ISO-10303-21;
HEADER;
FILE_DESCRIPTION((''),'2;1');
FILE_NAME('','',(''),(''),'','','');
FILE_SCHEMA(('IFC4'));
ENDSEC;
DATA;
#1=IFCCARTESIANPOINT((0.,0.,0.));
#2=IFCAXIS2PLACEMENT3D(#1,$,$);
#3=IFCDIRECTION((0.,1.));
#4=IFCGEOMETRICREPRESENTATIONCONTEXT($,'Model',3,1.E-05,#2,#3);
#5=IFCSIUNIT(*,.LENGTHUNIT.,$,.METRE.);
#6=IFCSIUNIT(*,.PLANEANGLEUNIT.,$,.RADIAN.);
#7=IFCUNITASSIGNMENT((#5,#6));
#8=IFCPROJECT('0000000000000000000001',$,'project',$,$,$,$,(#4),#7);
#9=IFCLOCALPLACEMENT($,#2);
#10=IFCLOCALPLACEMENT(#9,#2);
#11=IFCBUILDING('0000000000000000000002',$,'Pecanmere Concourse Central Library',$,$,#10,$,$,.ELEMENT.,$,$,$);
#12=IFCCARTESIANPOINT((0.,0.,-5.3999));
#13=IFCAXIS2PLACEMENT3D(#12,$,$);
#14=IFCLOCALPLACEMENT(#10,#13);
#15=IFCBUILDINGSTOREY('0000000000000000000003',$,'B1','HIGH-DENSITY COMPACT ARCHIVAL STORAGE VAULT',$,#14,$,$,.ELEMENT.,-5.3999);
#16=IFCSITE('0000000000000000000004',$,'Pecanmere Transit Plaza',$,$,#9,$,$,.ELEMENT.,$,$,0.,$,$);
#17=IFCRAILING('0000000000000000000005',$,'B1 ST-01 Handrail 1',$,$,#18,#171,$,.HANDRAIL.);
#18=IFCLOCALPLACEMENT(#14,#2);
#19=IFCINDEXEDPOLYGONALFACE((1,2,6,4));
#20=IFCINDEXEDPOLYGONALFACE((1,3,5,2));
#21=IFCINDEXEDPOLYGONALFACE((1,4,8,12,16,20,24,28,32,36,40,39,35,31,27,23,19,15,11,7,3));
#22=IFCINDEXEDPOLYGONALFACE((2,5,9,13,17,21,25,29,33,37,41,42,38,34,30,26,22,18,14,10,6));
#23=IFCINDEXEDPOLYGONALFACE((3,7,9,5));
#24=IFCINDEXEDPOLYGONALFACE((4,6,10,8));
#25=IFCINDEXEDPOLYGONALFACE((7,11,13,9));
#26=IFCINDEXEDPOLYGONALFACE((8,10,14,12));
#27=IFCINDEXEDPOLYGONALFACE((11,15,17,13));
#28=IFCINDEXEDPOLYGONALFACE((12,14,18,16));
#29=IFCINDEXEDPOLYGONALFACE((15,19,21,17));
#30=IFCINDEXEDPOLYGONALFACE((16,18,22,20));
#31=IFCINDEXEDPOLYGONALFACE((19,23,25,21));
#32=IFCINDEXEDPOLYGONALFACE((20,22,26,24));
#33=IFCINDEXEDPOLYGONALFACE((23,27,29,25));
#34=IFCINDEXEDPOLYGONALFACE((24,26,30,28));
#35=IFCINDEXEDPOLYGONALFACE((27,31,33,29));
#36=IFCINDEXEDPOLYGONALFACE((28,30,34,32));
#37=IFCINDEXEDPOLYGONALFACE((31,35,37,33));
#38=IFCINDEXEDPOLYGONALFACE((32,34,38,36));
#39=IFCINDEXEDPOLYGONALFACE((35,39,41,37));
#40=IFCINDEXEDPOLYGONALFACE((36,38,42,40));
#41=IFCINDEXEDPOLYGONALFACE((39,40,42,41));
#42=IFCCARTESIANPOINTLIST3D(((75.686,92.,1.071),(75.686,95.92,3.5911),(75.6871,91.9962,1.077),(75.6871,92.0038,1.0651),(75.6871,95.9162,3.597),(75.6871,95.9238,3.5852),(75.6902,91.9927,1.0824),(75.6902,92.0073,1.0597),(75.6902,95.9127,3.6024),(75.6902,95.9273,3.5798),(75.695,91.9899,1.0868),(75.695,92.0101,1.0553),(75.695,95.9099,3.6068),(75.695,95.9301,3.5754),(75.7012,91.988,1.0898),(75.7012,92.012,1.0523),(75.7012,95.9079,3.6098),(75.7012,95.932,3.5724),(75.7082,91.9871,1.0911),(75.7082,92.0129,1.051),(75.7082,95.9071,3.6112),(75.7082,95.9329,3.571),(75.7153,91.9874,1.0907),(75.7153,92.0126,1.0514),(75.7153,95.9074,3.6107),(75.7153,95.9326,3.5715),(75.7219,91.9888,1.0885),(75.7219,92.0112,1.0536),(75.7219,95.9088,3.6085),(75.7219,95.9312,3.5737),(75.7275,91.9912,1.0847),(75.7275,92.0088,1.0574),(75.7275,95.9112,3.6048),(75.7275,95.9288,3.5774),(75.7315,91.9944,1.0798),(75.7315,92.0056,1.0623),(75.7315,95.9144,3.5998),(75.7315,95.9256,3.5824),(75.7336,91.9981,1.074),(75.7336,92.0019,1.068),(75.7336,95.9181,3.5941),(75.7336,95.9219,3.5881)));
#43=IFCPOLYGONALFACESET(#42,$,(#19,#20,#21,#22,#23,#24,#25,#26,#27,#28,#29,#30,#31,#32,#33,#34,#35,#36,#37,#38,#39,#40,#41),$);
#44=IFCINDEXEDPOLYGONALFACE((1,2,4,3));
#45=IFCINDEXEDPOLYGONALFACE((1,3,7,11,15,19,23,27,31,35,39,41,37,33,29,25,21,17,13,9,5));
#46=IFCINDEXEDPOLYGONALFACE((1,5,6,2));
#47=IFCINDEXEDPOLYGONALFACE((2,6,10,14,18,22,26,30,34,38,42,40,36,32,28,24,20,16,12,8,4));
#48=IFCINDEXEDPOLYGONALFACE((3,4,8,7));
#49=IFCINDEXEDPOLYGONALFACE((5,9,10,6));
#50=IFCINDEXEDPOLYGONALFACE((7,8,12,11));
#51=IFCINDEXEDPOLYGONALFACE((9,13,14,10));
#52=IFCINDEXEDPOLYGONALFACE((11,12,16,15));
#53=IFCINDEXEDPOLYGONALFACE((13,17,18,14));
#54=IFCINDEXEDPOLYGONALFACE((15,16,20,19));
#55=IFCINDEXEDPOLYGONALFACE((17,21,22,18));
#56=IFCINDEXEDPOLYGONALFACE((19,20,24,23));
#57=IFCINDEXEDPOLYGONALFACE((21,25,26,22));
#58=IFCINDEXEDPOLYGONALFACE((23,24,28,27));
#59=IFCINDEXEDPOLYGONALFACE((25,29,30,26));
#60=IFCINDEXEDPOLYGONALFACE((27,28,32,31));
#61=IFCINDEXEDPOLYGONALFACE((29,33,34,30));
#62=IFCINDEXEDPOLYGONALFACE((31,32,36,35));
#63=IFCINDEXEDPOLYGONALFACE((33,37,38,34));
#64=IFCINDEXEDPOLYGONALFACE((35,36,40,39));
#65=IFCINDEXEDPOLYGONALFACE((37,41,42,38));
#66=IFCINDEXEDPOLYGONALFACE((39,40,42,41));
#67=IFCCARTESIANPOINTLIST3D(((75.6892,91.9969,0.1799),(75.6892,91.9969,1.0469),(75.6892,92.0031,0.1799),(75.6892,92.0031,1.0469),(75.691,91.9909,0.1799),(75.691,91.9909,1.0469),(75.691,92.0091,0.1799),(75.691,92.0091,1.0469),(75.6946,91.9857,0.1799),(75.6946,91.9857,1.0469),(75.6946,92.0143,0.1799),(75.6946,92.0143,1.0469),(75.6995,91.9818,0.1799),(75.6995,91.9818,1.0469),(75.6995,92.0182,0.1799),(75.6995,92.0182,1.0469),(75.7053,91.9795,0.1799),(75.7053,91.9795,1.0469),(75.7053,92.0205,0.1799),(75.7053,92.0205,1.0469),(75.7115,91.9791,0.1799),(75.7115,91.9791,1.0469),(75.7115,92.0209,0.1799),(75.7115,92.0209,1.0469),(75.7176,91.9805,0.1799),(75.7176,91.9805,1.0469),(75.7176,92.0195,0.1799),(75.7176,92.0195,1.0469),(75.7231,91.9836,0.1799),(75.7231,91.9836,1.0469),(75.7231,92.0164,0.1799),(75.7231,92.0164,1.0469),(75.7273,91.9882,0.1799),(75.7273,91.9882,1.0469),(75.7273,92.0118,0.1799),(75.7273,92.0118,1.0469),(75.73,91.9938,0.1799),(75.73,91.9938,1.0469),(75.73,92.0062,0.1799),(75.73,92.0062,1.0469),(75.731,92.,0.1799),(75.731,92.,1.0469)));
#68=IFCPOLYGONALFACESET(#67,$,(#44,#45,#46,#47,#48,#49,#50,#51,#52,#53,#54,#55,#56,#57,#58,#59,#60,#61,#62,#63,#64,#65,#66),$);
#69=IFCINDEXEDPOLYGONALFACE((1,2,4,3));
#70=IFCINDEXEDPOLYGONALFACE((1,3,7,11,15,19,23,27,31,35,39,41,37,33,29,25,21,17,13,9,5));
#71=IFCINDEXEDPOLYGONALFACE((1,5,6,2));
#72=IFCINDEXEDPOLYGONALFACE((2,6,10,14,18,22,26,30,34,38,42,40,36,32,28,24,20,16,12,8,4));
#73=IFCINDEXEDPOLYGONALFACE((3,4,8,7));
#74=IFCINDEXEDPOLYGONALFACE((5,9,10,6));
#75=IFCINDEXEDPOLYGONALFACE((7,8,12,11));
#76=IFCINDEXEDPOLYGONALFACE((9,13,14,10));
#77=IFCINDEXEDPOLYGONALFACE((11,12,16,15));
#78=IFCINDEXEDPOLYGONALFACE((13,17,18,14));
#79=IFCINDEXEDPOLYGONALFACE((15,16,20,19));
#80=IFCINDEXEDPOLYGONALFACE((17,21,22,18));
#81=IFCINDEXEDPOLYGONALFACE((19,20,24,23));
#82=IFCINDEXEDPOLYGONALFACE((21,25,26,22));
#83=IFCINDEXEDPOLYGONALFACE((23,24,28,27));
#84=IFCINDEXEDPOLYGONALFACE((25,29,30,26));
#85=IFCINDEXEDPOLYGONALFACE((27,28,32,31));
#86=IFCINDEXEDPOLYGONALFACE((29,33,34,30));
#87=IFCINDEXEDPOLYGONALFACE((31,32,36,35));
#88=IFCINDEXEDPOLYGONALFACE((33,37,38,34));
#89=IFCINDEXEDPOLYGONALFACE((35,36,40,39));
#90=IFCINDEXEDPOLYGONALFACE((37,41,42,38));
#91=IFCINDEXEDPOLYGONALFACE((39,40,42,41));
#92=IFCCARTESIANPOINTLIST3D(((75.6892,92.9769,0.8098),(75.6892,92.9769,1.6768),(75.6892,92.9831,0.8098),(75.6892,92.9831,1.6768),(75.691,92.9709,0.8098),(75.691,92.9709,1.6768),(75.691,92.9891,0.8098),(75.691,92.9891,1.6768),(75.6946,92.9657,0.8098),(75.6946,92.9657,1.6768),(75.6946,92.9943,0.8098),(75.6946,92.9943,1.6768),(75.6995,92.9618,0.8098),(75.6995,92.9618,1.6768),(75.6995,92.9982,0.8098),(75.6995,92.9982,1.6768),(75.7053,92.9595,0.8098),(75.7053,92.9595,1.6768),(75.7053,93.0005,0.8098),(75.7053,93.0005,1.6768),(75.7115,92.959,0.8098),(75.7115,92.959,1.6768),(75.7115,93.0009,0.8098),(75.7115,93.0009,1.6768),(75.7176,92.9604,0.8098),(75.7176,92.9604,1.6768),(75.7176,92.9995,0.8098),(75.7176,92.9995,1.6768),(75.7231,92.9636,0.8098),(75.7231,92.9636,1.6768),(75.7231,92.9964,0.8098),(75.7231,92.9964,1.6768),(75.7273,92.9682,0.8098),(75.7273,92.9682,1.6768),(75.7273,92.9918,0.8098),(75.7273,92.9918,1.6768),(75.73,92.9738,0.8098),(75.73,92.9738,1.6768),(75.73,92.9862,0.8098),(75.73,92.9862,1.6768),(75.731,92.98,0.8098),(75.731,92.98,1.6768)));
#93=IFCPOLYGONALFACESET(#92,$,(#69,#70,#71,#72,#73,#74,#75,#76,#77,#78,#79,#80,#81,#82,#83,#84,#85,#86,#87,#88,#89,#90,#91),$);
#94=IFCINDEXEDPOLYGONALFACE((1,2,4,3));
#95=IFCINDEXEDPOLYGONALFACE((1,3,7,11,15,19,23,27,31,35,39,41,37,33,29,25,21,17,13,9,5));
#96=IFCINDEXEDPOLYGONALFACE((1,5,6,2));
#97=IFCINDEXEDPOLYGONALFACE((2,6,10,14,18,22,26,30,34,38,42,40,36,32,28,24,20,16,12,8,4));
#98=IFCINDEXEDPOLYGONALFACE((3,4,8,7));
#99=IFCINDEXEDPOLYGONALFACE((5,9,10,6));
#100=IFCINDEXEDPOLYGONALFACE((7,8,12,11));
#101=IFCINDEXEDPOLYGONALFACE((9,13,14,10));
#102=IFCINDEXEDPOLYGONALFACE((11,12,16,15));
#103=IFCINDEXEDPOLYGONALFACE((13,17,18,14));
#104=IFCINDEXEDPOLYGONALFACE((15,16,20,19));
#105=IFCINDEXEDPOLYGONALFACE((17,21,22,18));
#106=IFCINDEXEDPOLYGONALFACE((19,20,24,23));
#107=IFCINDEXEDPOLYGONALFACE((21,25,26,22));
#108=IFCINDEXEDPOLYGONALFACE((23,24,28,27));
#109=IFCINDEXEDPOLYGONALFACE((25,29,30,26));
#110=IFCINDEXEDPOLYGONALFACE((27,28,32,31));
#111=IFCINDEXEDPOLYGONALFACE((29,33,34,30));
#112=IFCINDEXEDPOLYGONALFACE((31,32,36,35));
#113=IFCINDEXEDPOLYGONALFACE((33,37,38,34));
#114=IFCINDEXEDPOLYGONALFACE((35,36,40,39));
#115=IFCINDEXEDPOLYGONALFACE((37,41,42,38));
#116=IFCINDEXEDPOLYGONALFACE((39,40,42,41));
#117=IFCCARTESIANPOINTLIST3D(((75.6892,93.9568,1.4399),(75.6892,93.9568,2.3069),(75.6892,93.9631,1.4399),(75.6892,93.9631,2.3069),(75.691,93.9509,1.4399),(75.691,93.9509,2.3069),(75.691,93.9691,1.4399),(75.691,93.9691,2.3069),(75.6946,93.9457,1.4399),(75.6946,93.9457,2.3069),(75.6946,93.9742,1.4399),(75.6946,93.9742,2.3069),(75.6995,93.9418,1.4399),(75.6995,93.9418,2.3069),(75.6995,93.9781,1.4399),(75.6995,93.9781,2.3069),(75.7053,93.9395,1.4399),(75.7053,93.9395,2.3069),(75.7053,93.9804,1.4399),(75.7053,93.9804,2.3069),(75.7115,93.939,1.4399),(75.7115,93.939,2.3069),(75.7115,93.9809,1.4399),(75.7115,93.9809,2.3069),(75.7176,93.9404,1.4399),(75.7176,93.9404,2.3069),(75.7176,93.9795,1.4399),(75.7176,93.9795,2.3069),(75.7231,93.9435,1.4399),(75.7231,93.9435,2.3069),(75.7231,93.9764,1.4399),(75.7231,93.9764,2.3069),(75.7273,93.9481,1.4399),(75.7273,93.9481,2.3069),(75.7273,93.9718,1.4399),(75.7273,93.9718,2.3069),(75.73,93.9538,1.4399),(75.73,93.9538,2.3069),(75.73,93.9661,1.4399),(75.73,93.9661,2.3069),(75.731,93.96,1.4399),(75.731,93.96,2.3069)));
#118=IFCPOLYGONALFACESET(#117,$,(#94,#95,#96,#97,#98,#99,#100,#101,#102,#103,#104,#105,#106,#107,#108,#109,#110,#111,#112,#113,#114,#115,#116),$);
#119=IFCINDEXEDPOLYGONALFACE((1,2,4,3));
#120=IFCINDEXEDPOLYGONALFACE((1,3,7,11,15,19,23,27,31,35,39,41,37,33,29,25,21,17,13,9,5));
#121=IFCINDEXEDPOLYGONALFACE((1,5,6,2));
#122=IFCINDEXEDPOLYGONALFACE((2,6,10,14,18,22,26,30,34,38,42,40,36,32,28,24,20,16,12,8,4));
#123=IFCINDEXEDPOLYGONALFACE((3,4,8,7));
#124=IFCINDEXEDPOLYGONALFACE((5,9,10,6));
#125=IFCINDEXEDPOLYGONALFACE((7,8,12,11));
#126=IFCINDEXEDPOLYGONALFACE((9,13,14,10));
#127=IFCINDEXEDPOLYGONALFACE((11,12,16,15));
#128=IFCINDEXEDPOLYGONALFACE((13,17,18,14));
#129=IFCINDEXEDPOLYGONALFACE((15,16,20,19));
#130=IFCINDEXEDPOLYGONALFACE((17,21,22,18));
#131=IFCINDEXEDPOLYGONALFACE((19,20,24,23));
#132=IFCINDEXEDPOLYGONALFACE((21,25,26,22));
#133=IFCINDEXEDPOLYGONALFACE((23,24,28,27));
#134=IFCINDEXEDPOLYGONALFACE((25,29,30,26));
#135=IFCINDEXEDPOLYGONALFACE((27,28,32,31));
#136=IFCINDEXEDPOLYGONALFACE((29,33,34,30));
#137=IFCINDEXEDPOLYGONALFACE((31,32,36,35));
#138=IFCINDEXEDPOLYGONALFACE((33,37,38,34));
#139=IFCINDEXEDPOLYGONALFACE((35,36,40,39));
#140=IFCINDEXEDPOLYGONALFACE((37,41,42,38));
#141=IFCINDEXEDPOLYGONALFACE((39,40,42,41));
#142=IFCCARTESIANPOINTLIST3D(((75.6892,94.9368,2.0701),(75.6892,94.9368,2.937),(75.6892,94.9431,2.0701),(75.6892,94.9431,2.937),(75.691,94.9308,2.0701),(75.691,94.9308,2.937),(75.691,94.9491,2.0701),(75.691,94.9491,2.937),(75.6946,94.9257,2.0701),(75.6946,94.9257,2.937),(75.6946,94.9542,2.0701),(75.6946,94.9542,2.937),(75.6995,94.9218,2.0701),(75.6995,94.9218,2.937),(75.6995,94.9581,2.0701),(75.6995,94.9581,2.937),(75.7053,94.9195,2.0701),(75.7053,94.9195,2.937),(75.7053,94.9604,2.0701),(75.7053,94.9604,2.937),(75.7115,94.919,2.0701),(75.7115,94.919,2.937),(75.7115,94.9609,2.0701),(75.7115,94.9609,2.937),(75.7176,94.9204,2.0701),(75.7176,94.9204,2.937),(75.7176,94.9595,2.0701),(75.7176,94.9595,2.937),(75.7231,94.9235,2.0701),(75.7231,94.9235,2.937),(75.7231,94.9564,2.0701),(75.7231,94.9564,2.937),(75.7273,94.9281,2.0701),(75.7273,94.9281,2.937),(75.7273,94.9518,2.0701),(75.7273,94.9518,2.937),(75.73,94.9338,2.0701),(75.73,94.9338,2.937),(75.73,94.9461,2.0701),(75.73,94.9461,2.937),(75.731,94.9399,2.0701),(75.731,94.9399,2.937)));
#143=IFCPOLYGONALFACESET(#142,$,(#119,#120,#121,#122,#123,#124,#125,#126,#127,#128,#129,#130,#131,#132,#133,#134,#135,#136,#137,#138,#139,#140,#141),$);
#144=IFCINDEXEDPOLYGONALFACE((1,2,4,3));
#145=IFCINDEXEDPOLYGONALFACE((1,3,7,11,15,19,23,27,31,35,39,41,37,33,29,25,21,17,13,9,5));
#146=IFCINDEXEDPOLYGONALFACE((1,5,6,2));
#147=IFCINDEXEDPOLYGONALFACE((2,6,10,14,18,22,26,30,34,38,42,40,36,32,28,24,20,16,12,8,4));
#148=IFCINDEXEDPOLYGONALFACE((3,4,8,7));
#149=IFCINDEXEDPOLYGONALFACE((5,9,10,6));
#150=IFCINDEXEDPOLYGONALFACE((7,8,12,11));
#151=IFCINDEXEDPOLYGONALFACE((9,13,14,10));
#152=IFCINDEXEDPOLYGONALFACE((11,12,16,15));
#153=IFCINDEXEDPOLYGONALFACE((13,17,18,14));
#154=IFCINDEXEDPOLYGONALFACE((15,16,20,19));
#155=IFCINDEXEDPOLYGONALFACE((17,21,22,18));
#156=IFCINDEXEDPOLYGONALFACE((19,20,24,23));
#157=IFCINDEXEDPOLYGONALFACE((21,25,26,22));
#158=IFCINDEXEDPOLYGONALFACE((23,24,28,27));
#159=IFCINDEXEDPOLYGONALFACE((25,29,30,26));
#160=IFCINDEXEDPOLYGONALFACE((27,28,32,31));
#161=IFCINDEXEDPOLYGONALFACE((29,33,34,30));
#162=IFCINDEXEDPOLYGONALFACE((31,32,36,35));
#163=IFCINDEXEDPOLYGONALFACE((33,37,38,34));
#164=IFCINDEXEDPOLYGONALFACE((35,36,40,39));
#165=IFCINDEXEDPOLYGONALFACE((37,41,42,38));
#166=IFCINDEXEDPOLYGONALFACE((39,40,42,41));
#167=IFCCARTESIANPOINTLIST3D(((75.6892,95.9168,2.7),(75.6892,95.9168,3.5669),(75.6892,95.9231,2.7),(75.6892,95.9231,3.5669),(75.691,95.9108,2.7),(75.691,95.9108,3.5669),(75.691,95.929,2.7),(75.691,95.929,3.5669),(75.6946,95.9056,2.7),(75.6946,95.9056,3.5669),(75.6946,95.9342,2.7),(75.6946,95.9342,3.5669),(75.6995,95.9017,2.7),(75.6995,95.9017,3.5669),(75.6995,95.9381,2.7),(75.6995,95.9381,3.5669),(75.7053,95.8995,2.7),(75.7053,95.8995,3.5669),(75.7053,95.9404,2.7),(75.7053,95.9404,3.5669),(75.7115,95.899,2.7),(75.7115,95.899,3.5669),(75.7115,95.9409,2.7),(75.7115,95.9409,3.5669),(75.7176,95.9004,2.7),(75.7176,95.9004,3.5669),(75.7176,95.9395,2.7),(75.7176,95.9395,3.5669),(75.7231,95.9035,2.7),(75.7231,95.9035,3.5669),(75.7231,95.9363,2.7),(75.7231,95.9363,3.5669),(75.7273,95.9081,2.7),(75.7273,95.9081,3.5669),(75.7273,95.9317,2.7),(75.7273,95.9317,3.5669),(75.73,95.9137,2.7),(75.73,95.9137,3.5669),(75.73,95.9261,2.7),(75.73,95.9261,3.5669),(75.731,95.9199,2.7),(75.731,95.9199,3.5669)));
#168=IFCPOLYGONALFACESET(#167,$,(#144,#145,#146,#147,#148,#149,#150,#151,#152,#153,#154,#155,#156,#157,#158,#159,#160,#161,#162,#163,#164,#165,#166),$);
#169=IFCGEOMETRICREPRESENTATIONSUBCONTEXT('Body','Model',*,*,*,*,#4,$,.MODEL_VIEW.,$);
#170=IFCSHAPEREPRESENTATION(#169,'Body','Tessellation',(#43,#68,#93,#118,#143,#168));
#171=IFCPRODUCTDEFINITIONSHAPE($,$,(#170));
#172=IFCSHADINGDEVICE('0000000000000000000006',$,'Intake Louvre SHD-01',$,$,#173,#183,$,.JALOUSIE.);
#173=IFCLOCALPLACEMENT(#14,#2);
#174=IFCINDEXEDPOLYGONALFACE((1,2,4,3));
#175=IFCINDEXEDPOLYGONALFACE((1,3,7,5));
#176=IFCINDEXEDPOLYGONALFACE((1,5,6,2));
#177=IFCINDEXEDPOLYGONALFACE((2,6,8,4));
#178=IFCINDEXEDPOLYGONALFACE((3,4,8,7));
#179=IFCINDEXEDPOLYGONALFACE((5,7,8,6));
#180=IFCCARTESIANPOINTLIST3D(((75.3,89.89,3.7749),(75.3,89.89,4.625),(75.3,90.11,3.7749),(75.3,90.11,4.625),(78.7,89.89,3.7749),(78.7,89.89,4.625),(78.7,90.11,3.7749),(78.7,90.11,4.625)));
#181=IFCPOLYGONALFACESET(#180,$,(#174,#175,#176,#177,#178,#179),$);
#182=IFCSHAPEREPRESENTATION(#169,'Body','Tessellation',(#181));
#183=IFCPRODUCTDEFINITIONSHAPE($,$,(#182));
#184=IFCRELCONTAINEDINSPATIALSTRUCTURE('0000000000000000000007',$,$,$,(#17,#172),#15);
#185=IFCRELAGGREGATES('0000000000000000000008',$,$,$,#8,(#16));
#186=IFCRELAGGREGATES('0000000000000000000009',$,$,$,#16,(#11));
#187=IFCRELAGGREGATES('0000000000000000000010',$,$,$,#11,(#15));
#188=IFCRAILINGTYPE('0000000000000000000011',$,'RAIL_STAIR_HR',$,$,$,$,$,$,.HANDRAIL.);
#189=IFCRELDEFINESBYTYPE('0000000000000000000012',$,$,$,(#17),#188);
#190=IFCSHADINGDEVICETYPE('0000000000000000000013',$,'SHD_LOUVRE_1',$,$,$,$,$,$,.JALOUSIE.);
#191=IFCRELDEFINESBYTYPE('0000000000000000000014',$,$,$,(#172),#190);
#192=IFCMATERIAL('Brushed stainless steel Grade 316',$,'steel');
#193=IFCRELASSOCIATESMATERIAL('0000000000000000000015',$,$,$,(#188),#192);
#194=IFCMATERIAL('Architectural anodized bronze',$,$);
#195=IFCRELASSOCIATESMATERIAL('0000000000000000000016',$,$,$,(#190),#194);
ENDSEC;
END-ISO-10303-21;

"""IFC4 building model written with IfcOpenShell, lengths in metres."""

from ifc_helpers import new_model, si_unit, direction, frame, origin, origin_2d, place, context, subcontext, project, spatial, rectangle, circle, extrude, material, type_object, element, save


model = new_model("IFC4")

# Units and contexts
model_context = context("Model", 3, precision=1e-05, world=origin(), true_north=direction((0.0, 1.0)))
body_context = subcontext(model_context, "Body", "Model", "MODEL_VIEW")
ifc_project = project(units=[si_unit("LENGTHUNIT", "METRE"), si_unit("PLANEANGLEUNIT", "RADIAN")], contexts=[model_context])

# Site, building, storey
site_placement = place(None, origin())
site = spatial("IfcSite", under=ifc_project, at=site_placement, Name="Pecanmere Transit Plaza", CompositionType="ELEMENT", RefElevation=0.0)
building_placement = place(site_placement, origin())
building = spatial("IfcBuilding", under=site, at=building_placement, Name="Pecanmere Concourse Central Library", CompositionType="ELEMENT")
storey_placement = place(building_placement, frame((0.0, 0.0, -5.3999)))
storey = spatial("IfcBuildingStorey", under=building, at=storey_placement, Name="B1", Description="HIGH-DENSITY COMPACT ARCHIVAL STORAGE VAULT", CompositionType="ELEMENT", Elevation=-5.3999)

# Railing
ifc_material_1 = material(Name="Brushed stainless steel Grade 316", Category="steel")
railing_type_1 = type_object("IfcRailingType", Name="RAIL_STAIR_HR", PredefinedType="HANDRAIL", material=ifc_material_1)
railing_1_placement = place(storey_placement, frame((75.71, 92.0, 0.1799)))
element("IfcRailing", 1, at=railing_1_placement, inside=storey, type_object=railing_type_1, Name="B1 ST-01 Handrail 1", PredefinedType="HANDRAIL", context=body_context, shape_type="SweptSolid", body=[
    extrude(circle(Radius=0.0239, at=origin_2d()), frame((0.0, 0.0, 0.8911), z_axis=(0.0, 0.841172, 0.540768), x_axis=(-1.0, 0.0, 0.0)), (0.0, 0.0, 1.0), 4.6602),
    extrude(circle(Radius=0.021, at=origin_2d()), origin(), (0.0, 0.0, 1.0), 0.8669),
    extrude(circle(Radius=0.021, at=origin_2d()), frame((0.0, 0.98, 0.6299)), (0.0, 0.0, 1.0), 0.8669),
    extrude(circle(Radius=0.021, at=origin_2d()), frame((0.0, 1.96, 1.26)), (0.0, 0.0, 1.0), 0.8669),
    extrude(circle(Radius=0.021, at=origin_2d()), frame((0.0, 2.9399, 1.8901)), (0.0, 0.0, 1.0), 0.8669),
    extrude(circle(Radius=0.021, at=origin_2d()), frame((0.0, 3.9199, 2.52)), (0.0, 0.0, 1.0), 0.8669),
])

# Shading device
ifc_material_2 = material(Name="Architectural anodized bronze")
shading_device_type = type_object("IfcShadingDeviceType", Name="SHD_LOUVRE_1", PredefinedType="JALOUSIE", material=ifc_material_2)
shading_device_placement = place(storey_placement, frame((77.0, 90.0, 3.7749), z_axis=(0.0, 0.0, 1.0), x_axis=(1.0, 0.0, 0.0)))
element("IfcShadingDevice", 2, at=shading_device_placement, inside=storey, type_object=shading_device_type, Name="Intake Louvre SHD-01", PredefinedType="JALOUSIE", context=body_context, shape_type="SweptSolid", body=[
    extrude(rectangle(XDim=3.3999, YDim=0.22, at=origin_2d()), origin(), (0.0, 0.0, 1.0), 0.8501),
])

save(model, "model.ifc")
